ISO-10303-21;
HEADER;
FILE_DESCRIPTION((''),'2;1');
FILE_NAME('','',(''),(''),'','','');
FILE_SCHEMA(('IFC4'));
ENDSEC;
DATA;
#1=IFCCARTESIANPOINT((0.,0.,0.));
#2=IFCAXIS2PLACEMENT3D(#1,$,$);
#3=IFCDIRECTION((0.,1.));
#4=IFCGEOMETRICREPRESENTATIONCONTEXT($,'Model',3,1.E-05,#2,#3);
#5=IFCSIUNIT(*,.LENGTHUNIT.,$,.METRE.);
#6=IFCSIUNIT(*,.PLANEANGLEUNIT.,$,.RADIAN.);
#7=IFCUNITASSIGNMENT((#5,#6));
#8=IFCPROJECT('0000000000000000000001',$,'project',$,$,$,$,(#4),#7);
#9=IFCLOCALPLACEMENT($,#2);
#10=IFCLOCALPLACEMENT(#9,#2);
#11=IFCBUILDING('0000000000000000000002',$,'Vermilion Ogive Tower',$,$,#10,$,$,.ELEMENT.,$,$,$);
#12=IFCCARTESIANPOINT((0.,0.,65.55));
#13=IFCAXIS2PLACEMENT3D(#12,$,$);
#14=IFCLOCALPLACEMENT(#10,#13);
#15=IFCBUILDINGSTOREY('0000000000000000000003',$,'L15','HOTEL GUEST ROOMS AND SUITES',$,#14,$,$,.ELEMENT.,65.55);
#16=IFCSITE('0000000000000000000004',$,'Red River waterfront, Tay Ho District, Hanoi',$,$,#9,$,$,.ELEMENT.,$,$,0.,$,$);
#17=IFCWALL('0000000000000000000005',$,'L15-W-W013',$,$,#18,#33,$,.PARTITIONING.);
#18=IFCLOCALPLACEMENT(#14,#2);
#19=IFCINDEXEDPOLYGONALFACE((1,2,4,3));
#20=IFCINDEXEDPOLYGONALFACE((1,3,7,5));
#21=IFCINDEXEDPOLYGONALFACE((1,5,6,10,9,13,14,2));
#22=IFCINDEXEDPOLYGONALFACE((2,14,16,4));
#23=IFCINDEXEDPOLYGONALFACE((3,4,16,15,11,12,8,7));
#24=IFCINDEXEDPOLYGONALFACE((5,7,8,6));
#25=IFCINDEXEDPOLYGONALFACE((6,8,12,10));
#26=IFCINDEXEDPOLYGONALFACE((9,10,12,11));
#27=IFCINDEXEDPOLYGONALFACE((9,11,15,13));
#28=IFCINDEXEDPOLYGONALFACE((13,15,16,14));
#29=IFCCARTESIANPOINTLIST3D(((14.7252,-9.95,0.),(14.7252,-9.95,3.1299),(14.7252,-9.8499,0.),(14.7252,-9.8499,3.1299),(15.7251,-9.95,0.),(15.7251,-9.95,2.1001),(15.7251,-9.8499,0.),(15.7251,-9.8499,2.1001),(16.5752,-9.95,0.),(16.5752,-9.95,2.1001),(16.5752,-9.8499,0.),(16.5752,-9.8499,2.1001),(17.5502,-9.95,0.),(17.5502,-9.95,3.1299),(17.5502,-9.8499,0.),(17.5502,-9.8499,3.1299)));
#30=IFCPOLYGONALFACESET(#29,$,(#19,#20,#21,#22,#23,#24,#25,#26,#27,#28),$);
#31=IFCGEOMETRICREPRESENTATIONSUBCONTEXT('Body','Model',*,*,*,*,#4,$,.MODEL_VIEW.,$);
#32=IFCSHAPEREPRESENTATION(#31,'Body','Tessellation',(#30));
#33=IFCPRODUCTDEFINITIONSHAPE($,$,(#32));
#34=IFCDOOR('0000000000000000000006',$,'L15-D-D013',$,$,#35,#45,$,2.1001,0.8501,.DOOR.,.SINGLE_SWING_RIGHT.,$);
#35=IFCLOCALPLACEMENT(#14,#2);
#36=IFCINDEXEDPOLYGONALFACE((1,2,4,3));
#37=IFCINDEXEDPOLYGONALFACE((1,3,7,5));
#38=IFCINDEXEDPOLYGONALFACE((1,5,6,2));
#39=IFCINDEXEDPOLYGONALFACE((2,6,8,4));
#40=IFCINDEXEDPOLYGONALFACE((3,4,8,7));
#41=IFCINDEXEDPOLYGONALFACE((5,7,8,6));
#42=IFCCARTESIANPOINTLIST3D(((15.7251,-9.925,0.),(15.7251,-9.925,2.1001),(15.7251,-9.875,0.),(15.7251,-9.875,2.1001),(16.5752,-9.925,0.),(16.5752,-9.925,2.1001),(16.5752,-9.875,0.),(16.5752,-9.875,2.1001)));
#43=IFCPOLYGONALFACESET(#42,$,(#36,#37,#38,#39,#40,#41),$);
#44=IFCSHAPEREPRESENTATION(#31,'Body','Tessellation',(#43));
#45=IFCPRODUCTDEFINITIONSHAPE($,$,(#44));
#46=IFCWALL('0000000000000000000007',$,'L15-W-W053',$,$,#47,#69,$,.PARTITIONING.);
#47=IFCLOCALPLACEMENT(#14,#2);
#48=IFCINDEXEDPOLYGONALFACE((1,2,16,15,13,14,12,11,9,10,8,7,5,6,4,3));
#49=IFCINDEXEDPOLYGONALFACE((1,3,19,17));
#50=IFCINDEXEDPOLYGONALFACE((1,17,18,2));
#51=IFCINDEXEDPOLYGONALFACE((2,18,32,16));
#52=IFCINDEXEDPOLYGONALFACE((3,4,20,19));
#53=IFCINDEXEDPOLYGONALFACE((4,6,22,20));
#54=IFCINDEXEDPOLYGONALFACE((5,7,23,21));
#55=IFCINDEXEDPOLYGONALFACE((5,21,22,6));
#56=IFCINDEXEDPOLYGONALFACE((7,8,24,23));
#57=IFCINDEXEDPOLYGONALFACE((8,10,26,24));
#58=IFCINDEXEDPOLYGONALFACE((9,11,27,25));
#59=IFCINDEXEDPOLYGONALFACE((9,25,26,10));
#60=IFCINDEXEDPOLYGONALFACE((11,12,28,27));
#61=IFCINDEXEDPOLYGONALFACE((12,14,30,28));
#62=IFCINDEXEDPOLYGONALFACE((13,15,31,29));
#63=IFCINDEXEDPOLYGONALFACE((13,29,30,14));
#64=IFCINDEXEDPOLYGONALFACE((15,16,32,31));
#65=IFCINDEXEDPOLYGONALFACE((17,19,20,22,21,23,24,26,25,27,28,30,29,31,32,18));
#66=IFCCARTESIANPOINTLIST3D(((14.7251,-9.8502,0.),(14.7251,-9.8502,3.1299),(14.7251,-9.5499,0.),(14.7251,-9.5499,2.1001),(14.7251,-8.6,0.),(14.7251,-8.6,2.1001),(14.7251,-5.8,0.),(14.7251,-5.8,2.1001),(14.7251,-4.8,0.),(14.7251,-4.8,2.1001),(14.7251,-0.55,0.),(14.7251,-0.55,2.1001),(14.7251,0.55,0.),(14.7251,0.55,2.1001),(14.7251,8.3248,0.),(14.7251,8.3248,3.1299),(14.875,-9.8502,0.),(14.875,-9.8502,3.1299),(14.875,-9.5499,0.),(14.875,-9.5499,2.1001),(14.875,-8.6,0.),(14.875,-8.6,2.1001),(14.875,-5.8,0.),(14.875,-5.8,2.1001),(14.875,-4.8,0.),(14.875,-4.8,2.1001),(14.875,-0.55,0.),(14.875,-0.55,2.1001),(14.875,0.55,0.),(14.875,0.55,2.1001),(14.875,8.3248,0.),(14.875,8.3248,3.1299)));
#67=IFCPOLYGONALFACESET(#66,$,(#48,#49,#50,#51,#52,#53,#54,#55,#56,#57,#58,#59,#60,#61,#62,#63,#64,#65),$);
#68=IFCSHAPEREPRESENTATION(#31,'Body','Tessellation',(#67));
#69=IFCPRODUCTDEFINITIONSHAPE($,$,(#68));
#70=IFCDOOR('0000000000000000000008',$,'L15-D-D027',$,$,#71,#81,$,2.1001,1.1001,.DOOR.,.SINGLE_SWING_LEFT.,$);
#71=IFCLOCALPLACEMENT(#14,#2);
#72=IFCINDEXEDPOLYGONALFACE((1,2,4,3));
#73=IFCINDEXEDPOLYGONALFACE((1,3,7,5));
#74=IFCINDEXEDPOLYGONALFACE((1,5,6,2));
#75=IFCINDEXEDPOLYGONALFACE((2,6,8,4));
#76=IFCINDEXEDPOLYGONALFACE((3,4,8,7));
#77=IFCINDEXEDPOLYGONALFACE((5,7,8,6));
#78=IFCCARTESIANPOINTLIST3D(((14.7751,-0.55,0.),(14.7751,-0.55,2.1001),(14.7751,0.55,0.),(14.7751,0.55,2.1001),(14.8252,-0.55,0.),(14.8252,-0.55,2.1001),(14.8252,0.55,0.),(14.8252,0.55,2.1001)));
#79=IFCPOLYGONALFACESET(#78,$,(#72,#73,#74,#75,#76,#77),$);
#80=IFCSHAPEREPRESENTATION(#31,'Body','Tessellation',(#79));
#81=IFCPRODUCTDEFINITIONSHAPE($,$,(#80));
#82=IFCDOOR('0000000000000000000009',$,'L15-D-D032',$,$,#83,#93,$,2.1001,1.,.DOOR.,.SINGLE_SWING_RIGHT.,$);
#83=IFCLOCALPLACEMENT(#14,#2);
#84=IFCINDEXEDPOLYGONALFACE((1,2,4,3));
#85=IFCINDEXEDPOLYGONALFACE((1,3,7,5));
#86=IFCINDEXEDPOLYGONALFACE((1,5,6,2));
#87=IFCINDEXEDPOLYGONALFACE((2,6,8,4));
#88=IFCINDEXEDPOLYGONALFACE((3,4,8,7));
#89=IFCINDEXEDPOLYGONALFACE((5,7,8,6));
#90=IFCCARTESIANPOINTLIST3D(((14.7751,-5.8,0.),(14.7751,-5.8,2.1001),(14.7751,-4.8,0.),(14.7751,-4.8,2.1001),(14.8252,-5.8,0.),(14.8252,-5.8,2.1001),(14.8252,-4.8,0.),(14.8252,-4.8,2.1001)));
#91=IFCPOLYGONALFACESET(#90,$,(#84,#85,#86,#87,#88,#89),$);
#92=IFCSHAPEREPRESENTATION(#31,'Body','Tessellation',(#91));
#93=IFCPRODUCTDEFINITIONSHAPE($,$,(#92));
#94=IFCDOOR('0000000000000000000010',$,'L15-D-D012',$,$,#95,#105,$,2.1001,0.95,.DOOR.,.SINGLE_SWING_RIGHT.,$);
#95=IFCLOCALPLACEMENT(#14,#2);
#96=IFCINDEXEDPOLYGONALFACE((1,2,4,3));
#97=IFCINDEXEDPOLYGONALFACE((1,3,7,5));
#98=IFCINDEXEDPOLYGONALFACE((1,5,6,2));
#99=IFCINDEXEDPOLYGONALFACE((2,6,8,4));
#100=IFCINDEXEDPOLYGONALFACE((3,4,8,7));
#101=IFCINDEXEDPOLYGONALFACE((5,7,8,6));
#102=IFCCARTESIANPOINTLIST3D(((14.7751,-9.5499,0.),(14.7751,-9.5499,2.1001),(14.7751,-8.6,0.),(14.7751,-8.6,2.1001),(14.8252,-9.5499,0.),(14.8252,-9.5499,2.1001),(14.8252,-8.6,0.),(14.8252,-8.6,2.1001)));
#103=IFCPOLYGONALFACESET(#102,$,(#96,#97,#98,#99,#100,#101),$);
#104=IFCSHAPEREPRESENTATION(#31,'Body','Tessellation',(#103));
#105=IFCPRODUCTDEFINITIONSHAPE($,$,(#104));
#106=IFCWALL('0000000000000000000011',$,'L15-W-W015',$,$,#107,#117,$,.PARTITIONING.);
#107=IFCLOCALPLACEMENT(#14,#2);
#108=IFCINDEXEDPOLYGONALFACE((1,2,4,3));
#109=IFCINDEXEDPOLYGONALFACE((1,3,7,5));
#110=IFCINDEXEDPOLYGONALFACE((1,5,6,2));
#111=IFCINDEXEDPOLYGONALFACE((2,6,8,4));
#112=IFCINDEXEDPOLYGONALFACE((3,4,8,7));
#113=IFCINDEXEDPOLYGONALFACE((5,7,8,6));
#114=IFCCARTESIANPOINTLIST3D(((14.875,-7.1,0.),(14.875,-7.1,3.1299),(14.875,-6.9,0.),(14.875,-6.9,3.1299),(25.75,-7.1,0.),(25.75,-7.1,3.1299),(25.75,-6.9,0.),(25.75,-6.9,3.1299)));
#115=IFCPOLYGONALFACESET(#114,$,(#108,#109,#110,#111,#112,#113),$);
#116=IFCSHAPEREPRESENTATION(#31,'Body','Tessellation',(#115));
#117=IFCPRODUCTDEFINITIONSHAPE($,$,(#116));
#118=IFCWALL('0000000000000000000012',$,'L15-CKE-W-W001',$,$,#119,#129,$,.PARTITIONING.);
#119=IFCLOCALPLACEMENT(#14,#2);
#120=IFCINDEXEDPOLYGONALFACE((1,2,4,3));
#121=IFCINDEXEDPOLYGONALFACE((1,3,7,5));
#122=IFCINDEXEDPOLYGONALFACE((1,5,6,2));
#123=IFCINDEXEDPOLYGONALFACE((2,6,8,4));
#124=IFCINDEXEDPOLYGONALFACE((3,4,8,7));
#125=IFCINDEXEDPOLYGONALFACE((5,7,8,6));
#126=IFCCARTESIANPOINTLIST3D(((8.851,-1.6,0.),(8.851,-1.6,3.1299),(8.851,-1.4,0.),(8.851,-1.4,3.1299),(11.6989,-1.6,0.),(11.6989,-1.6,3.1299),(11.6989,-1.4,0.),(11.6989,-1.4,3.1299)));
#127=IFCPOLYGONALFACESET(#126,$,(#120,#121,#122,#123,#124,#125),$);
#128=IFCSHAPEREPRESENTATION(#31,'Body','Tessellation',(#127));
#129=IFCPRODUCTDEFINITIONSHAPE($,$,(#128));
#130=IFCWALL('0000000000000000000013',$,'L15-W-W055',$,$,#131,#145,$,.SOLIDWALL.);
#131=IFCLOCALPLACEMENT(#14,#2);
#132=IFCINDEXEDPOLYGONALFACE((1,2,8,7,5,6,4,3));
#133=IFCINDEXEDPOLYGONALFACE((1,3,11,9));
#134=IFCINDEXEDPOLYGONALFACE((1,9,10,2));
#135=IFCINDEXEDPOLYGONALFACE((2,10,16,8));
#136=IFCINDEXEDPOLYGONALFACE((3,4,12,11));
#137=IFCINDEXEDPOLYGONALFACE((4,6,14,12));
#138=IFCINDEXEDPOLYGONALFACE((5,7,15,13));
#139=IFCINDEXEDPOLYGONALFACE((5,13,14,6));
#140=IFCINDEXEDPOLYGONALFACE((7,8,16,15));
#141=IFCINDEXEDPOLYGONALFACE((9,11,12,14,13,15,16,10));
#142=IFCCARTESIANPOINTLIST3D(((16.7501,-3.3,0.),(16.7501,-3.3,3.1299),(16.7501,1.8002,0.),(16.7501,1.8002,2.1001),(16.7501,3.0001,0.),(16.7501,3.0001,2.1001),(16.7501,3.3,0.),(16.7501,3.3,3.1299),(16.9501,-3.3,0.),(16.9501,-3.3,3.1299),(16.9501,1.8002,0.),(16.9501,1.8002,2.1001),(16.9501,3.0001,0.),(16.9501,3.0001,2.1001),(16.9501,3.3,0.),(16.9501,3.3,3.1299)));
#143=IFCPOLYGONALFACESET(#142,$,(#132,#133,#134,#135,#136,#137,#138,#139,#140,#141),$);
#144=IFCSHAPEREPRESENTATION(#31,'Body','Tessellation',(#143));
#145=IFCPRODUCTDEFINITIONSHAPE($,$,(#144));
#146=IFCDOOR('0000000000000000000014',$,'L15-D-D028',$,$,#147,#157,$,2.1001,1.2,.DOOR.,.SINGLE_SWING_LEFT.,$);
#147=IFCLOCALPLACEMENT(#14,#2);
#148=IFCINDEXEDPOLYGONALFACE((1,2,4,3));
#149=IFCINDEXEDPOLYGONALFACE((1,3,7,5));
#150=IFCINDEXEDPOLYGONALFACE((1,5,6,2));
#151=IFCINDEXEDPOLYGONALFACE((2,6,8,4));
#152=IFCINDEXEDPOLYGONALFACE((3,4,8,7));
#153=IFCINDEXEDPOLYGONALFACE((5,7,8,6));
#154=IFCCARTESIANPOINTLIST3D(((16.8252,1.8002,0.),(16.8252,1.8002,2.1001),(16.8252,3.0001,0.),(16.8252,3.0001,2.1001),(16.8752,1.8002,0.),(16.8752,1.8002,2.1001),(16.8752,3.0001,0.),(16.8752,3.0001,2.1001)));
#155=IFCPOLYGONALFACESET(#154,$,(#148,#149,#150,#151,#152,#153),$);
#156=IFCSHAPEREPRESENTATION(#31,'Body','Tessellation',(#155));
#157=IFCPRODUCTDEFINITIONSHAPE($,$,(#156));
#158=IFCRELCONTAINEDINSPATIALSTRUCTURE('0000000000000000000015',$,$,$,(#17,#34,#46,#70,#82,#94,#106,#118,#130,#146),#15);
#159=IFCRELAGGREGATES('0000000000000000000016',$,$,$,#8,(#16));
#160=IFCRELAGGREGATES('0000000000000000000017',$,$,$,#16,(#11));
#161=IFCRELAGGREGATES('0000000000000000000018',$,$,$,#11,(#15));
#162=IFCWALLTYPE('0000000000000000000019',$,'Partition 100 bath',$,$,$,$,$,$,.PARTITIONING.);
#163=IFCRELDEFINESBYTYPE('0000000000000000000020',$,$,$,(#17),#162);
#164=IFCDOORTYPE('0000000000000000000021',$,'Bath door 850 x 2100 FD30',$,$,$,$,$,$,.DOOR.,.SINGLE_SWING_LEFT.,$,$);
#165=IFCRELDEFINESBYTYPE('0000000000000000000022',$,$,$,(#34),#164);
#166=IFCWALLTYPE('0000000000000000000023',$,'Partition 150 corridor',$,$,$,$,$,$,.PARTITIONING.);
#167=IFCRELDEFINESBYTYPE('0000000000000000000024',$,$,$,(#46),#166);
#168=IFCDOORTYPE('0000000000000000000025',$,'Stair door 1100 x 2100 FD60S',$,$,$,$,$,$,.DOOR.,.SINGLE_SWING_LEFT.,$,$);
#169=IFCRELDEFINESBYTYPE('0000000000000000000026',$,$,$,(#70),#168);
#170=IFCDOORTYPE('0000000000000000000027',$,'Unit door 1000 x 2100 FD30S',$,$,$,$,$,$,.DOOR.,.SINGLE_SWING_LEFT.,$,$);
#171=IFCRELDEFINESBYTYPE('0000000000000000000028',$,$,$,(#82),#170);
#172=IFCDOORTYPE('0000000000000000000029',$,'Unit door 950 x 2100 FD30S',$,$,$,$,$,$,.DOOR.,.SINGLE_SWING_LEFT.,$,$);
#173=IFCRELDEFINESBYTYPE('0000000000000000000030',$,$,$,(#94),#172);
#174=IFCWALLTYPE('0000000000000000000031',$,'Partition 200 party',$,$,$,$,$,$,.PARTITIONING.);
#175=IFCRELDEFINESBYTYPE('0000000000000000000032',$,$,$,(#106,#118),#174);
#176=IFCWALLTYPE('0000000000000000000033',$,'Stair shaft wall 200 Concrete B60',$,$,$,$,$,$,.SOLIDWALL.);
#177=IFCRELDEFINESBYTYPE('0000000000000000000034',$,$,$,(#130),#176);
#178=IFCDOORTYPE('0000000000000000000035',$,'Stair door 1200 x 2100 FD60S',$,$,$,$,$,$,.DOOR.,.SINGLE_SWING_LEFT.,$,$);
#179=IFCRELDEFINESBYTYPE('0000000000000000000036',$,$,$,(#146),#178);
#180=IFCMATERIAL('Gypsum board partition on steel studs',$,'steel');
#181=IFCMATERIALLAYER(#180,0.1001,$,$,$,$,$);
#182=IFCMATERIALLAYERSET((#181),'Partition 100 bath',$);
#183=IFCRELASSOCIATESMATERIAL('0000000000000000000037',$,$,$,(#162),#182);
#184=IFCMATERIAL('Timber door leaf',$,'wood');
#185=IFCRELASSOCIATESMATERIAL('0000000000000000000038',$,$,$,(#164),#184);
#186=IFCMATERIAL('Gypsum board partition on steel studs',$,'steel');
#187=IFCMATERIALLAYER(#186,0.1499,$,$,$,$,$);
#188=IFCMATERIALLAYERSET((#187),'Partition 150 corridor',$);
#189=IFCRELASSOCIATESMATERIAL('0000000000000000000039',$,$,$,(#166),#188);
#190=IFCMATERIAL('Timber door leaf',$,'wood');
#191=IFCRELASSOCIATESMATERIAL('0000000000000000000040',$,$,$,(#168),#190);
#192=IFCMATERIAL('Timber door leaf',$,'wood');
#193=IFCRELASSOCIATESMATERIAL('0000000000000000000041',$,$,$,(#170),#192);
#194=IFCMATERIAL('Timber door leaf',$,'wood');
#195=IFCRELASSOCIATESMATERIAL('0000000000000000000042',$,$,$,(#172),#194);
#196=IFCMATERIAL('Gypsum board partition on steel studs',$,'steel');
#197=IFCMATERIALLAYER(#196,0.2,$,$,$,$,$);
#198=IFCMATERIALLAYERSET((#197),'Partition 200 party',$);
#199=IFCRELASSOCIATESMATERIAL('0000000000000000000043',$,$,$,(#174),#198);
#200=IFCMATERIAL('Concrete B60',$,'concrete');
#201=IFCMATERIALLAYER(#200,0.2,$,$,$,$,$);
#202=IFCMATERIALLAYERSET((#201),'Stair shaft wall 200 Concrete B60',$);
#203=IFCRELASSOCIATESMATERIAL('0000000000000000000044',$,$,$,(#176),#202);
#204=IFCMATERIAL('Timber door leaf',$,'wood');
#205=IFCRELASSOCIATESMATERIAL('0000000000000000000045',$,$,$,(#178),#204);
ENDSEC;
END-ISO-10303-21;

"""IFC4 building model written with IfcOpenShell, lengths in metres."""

from ifc_helpers import new_model, si_unit, direction, frame, frame_2d, origin, place, context, subcontext, project, spatial, rectangle, extrude, material, layer, layer_set, type_object, element, fill, save


model = new_model("IFC4")

# Units and contexts
model_context = context("Model", 3, precision=1e-05, world=origin(), true_north=direction((0.0, 1.0)))
body_context = subcontext(model_context, "Body", "Model", "MODEL_VIEW")
ifc_project = project(units=[si_unit("LENGTHUNIT", "METRE"), si_unit("PLANEANGLEUNIT", "RADIAN")], contexts=[model_context])

# Site, building, storey
site_placement = place(None, origin())
site = spatial("IfcSite", under=ifc_project, at=site_placement, Name="Red River waterfront, Tay Ho District, Hanoi", CompositionType="ELEMENT", RefElevation=0.0)
building_placement = place(site_placement, origin())
building = spatial("IfcBuilding", under=site, at=building_placement, Name="Vermilion Ogive Tower", CompositionType="ELEMENT")
storey_placement = place(building_placement, frame((0.0, 0.0, 65.55)))
storey = spatial("IfcBuildingStorey", under=building, at=storey_placement, Name="L15", Description="HOTEL GUEST ROOMS AND SUITES", CompositionType="ELEMENT", Elevation=65.55)

# Wall, opening, door
ifc_material_1 = material(Name="Gypsum board partition on steel studs", Category="steel")
ifc_layer_1 = layer(ifc_material_1, 0.1001)
ifc_layer_set_1 = layer_set([ifc_layer_1], Name="Partition 100 bath")
wall_type_1 = type_object("IfcWallType", Name="Partition 100 bath", PredefinedType="PARTITIONING", material=ifc_layer_set_1)
wall_1_placement = place(storey_placement, frame((14.7251, -9.8999, 0.0), z_axis=(0.0, 0.0, 1.0), x_axis=(1.0, 0.0, 0.0)))
wall_1 = element("IfcWall", 1, at=wall_1_placement, inside=storey, type_object=wall_type_1, Name="L15-W-W013", PredefinedType="PARTITIONING", context=body_context, shape_type="SweptSolid", body=[
    extrude(rectangle(XDim=2.825, YDim=0.1001, at=frame_2d((1.4126, 0.0))), origin(), (0.0, 0.0, 1.0), 3.1299),
])
opening_1_placement = place(wall_1_placement, frame((1.0, 0.0, 0.0)))
opening_1 = element("IfcOpeningElement", 2, at=opening_1_placement, cuts=wall_1, PredefinedType="OPENING", context=body_context, shape_type="SweptSolid", body=[
    extrude(rectangle(XDim=0.8501, YDim=2.1001, at=frame_2d((0.425, 1.05))), frame((0.0, 0.0601, 0.0), z_axis=(0.0, -1.0, 0.0), x_axis=(1.0, 0.0, 0.0)), (0.0, 0.0, 1.0), 0.1201),
])
ifc_material_2 = material(Name="Timber door leaf", Category="wood")
door_type_1 = type_object("IfcDoorType", Name="Bath door 850 x 2100 FD30", OperationType="SINGLE_SWING_LEFT", PredefinedType="DOOR", material=ifc_material_2)
door_1_placement = place(opening_1_placement, origin())
door_1 = element("IfcDoor", 3, at=door_1_placement, inside=storey, type_object=door_type_1, Name="L15-D-D013", OperationType="SINGLE_SWING_RIGHT", OverallHeight=2.1001, OverallWidth=0.8501, PredefinedType="DOOR", context=body_context, shape_type="SweptSolid", body=[
    extrude(rectangle(XDim=0.8501, YDim=2.1001, at=frame_2d((0.425, 1.05))), frame((0.0, 0.0249, 0.0), z_axis=(0.0, -1.0, 0.0), x_axis=(1.0, 0.0, 0.0)), (0.0, 0.0, 1.0), 0.05),
])
fill(opening_1, door_1)

# Wall, openings, doors
ifc_material_3 = material(Name="Gypsum board partition on steel studs", Category="steel")
ifc_layer_2 = layer(ifc_material_3, 0.1499)
ifc_layer_set_2 = layer_set([ifc_layer_2], Name="Partition 150 corridor")
wall_type_2 = type_object("IfcWallType", Name="Partition 150 corridor", PredefinedType="PARTITIONING", material=ifc_layer_set_2)
wall_2_placement = place(storey_placement, frame((14.8, -9.8501, 0.0), z_axis=(0.0, 0.0, 1.0), x_axis=(0.0, 1.0, 0.0)))
wall_2 = element("IfcWall", 4, at=wall_2_placement, inside=storey, type_object=wall_type_2, Name="L15-W-W053", PredefinedType="PARTITIONING", context=body_context, shape_type="SweptSolid", body=[
    extrude(rectangle(XDim=18.175, YDim=0.1499, at=frame_2d((9.0874, 0.0))), origin(), (0.0, 0.0, 1.0), 3.1299),
])
opening_2_placement = place(wall_2_placement, frame((0.3, 0.0, 0.0)))
opening_2 = element("IfcOpeningElement", 5, at=opening_2_placement, cuts=wall_2, PredefinedType="OPENING", context=body_context, shape_type="SweptSolid", body=[
    extrude(rectangle(XDim=0.95, YDim=2.1001, at=frame_2d((0.4751, 1.05))), frame((0.0, 0.085, 0.0), z_axis=(0.0, -1.0, 0.0), x_axis=(1.0, 0.0, 0.0)), (0.0, 0.0, 1.0), 0.1699),
])
opening_3_placement = place(wall_2_placement, frame((9.3, 0.0, 0.0)))
opening_3 = element("IfcOpeningElement", 6, at=opening_3_placement, cuts=wall_2, PredefinedType="OPENING", context=body_context, shape_type="SweptSolid", body=[
    extrude(rectangle(XDim=1.1001, YDim=2.1001, at=frame_2d((0.55, 1.05))), frame((0.0, 0.085, 0.0), z_axis=(0.0, -1.0, 0.0), x_axis=(1.0, 0.0, 0.0)), (0.0, 0.0, 1.0), 0.1699),
])
opening_4_placement = place(wall_2_placement, frame((4.05, 0.0, 0.0)))
opening_4 = element("IfcOpeningElement", 7, at=opening_4_placement, cuts=wall_2, PredefinedType="OPENING", context=body_context, shape_type="SweptSolid", body=[
    extrude(rectangle(XDim=1.0, YDim=2.1001, at=frame_2d((0.5, 1.05))), frame((0.0, 0.085, 0.0), z_axis=(0.0, -1.0, 0.0), x_axis=(1.0, 0.0, 0.0)), (0.0, 0.0, 1.0), 0.1699),
])
ifc_material_4 = material(Name="Timber door leaf", Category="wood")
door_type_2 = type_object("IfcDoorType", Name="Stair door 1100 x 2100 FD60S", OperationType="SINGLE_SWING_LEFT", PredefinedType="DOOR", material=ifc_material_4)
door_2_placement = place(opening_3_placement, origin())
door_2 = element("IfcDoor", 8, at=door_2_placement, inside=storey, type_object=door_type_2, Name="L15-D-D027", OperationType="SINGLE_SWING_LEFT", OverallHeight=2.1001, OverallWidth=1.1001, PredefinedType="DOOR", context=body_context, shape_type="SweptSolid", body=[
    extrude(rectangle(XDim=1.1001, YDim=2.1001, at=frame_2d((0.55, 1.05))), frame((0.0, 0.0249, 0.0), z_axis=(0.0, -1.0, 0.0), x_axis=(1.0, 0.0, 0.0)), (0.0, 0.0, 1.0), 0.05),
])
fill(opening_3, door_2)
ifc_material_5 = material(Name="Timber door leaf", Category="wood")
door_type_3 = type_object("IfcDoorType", Name="Unit door 1000 x 2100 FD30S", OperationType="SINGLE_SWING_LEFT", PredefinedType="DOOR", material=ifc_material_5)
door_3_placement = place(opening_4_placement, origin())
door_3 = element("IfcDoor", 9, at=door_3_placement, inside=storey, type_object=door_type_3, Name="L15-D-D032", OperationType="SINGLE_SWING_RIGHT", OverallHeight=2.1001, OverallWidth=1.0, PredefinedType="DOOR", context=body_context, shape_type="SweptSolid", body=[
    extrude(rectangle(XDim=1.0, YDim=2.1001, at=frame_2d((0.5, 1.05))), frame((0.0, 0.0249, 0.0), z_axis=(0.0, -1.0, 0.0), x_axis=(1.0, 0.0, 0.0)), (0.0, 0.0, 1.0), 0.05),
])
fill(opening_4, door_3)
ifc_material_6 = material(Name="Timber door leaf", Category="wood")
door_type_4 = type_object("IfcDoorType", Name="Unit door 950 x 2100 FD30S", OperationType="SINGLE_SWING_LEFT", PredefinedType="DOOR", material=ifc_material_6)
door_4_placement = place(opening_2_placement, origin())
door_4 = element("IfcDoor", 10, at=door_4_placement, inside=storey, type_object=door_type_4, Name="L15-D-D012", OperationType="SINGLE_SWING_RIGHT", OverallHeight=2.1001, OverallWidth=0.95, PredefinedType="DOOR", context=body_context, shape_type="SweptSolid", body=[
    extrude(rectangle(XDim=0.95, YDim=2.1001, at=frame_2d((0.4751, 1.05))), frame((0.0, 0.0249, 0.0), z_axis=(0.0, -1.0, 0.0), x_axis=(1.0, 0.0, 0.0)), (0.0, 0.0, 1.0), 0.05),
])
fill(opening_2, door_4)

# Walls
ifc_material_7 = material(Name="Gypsum board partition on steel studs", Category="steel")
ifc_layer_3 = layer(ifc_material_7, 0.2)
ifc_layer_set_3 = layer_set([ifc_layer_3], Name="Partition 200 party")
wall_type_3 = type_object("IfcWallType", Name="Partition 200 party", PredefinedType="PARTITIONING", material=ifc_layer_set_3)
wall_3_placement = place(storey_placement, frame((14.875, -7.0, 0.0), z_axis=(0.0, 0.0, 1.0), x_axis=(1.0, 0.0, 0.0)))
element("IfcWall", 11, at=wall_3_placement, inside=storey, type_object=wall_type_3, Name="L15-W-W015", PredefinedType="PARTITIONING", context=body_context, shape_type="SweptSolid", body=[
    extrude(rectangle(XDim=10.875, YDim=0.2, at=frame_2d((5.4375, 0.0))), origin(), (0.0, 0.0, 1.0), 3.1299),
])
wall_4_placement = place(storey_placement, frame((8.8511, -1.5, 0.0), z_axis=(0.0, 0.0, 1.0), x_axis=(1.0, 0.0, 0.0)))
element("IfcWall", 12, at=wall_4_placement, inside=storey, type_object=wall_type_3, Name="L15-CKE-W-W001", PredefinedType="PARTITIONING", context=body_context, shape_type="SweptSolid", body=[
    extrude(rectangle(XDim=2.8479, YDim=0.2, at=frame_2d((1.4238, 0.0))), origin(), (0.0, 0.0, 1.0), 3.1299),
])

# Wall, opening, door
ifc_material_8 = material(Name="Concrete B60", Category="concrete")
ifc_layer_4 = layer(ifc_material_8, 0.2)
ifc_layer_set_4 = layer_set([ifc_layer_4], Name="Stair shaft wall 200 Concrete B60")
wall_type_4 = type_object("IfcWallType", Name="Stair shaft wall 200 Concrete B60", PredefinedType="SOLIDWALL", material=ifc_layer_set_4)
wall_5_placement = place(storey_placement, frame((16.8501, -3.3, 0.0), z_axis=(0.0, 0.0, 1.0), x_axis=(0.0, 1.0, 0.0)))
wall_5 = element("IfcWall", 13, at=wall_5_placement, inside=storey, type_object=wall_type_4, Name="L15-W-W055", PredefinedType="SOLIDWALL", context=body_context, shape_type="SweptSolid", body=[
    extrude(rectangle(XDim=6.6001, YDim=0.2, at=frame_2d((3.3, 0.0))), origin(), (0.0, 0.0, 1.0), 3.1299),
])
opening_5_placement = place(wall_5_placement, frame((5.1001, 0.0, 0.0)))
opening_5 = element("IfcOpeningElement", 14, at=opening_5_placement, cuts=wall_5, PredefinedType="OPENING", context=body_context, shape_type="SweptSolid", body=[
    extrude(rectangle(XDim=1.2, YDim=2.1001, at=frame_2d((0.6001, 1.05))), frame((0.0, 0.1099, 0.0), z_axis=(0.0, -1.0, 0.0), x_axis=(1.0, 0.0, 0.0)), (0.0, 0.0, 1.0), 0.22),
])
ifc_material_9 = material(Name="Timber door leaf", Category="wood")
door_type_5 = type_object("IfcDoorType", Name="Stair door 1200 x 2100 FD60S", OperationType="SINGLE_SWING_LEFT", PredefinedType="DOOR", material=ifc_material_9)
door_5_placement = place(opening_5_placement, origin())
door_5 = element("IfcDoor", 15, at=door_5_placement, inside=storey, type_object=door_type_5, Name="L15-D-D028", OperationType="SINGLE_SWING_LEFT", OverallHeight=2.1001, OverallWidth=1.2, PredefinedType="DOOR", context=body_context, shape_type="SweptSolid", body=[
    extrude(rectangle(XDim=1.2, YDim=2.1001, at=frame_2d((0.6001, 1.05))), frame((0.0, 0.0249, 0.0), z_axis=(0.0, -1.0, 0.0), x_axis=(1.0, 0.0, 0.0)), (0.0, 0.0, 1.0), 0.05),
])
fill(opening_5, door_5)

save(model, "model.ifc")
